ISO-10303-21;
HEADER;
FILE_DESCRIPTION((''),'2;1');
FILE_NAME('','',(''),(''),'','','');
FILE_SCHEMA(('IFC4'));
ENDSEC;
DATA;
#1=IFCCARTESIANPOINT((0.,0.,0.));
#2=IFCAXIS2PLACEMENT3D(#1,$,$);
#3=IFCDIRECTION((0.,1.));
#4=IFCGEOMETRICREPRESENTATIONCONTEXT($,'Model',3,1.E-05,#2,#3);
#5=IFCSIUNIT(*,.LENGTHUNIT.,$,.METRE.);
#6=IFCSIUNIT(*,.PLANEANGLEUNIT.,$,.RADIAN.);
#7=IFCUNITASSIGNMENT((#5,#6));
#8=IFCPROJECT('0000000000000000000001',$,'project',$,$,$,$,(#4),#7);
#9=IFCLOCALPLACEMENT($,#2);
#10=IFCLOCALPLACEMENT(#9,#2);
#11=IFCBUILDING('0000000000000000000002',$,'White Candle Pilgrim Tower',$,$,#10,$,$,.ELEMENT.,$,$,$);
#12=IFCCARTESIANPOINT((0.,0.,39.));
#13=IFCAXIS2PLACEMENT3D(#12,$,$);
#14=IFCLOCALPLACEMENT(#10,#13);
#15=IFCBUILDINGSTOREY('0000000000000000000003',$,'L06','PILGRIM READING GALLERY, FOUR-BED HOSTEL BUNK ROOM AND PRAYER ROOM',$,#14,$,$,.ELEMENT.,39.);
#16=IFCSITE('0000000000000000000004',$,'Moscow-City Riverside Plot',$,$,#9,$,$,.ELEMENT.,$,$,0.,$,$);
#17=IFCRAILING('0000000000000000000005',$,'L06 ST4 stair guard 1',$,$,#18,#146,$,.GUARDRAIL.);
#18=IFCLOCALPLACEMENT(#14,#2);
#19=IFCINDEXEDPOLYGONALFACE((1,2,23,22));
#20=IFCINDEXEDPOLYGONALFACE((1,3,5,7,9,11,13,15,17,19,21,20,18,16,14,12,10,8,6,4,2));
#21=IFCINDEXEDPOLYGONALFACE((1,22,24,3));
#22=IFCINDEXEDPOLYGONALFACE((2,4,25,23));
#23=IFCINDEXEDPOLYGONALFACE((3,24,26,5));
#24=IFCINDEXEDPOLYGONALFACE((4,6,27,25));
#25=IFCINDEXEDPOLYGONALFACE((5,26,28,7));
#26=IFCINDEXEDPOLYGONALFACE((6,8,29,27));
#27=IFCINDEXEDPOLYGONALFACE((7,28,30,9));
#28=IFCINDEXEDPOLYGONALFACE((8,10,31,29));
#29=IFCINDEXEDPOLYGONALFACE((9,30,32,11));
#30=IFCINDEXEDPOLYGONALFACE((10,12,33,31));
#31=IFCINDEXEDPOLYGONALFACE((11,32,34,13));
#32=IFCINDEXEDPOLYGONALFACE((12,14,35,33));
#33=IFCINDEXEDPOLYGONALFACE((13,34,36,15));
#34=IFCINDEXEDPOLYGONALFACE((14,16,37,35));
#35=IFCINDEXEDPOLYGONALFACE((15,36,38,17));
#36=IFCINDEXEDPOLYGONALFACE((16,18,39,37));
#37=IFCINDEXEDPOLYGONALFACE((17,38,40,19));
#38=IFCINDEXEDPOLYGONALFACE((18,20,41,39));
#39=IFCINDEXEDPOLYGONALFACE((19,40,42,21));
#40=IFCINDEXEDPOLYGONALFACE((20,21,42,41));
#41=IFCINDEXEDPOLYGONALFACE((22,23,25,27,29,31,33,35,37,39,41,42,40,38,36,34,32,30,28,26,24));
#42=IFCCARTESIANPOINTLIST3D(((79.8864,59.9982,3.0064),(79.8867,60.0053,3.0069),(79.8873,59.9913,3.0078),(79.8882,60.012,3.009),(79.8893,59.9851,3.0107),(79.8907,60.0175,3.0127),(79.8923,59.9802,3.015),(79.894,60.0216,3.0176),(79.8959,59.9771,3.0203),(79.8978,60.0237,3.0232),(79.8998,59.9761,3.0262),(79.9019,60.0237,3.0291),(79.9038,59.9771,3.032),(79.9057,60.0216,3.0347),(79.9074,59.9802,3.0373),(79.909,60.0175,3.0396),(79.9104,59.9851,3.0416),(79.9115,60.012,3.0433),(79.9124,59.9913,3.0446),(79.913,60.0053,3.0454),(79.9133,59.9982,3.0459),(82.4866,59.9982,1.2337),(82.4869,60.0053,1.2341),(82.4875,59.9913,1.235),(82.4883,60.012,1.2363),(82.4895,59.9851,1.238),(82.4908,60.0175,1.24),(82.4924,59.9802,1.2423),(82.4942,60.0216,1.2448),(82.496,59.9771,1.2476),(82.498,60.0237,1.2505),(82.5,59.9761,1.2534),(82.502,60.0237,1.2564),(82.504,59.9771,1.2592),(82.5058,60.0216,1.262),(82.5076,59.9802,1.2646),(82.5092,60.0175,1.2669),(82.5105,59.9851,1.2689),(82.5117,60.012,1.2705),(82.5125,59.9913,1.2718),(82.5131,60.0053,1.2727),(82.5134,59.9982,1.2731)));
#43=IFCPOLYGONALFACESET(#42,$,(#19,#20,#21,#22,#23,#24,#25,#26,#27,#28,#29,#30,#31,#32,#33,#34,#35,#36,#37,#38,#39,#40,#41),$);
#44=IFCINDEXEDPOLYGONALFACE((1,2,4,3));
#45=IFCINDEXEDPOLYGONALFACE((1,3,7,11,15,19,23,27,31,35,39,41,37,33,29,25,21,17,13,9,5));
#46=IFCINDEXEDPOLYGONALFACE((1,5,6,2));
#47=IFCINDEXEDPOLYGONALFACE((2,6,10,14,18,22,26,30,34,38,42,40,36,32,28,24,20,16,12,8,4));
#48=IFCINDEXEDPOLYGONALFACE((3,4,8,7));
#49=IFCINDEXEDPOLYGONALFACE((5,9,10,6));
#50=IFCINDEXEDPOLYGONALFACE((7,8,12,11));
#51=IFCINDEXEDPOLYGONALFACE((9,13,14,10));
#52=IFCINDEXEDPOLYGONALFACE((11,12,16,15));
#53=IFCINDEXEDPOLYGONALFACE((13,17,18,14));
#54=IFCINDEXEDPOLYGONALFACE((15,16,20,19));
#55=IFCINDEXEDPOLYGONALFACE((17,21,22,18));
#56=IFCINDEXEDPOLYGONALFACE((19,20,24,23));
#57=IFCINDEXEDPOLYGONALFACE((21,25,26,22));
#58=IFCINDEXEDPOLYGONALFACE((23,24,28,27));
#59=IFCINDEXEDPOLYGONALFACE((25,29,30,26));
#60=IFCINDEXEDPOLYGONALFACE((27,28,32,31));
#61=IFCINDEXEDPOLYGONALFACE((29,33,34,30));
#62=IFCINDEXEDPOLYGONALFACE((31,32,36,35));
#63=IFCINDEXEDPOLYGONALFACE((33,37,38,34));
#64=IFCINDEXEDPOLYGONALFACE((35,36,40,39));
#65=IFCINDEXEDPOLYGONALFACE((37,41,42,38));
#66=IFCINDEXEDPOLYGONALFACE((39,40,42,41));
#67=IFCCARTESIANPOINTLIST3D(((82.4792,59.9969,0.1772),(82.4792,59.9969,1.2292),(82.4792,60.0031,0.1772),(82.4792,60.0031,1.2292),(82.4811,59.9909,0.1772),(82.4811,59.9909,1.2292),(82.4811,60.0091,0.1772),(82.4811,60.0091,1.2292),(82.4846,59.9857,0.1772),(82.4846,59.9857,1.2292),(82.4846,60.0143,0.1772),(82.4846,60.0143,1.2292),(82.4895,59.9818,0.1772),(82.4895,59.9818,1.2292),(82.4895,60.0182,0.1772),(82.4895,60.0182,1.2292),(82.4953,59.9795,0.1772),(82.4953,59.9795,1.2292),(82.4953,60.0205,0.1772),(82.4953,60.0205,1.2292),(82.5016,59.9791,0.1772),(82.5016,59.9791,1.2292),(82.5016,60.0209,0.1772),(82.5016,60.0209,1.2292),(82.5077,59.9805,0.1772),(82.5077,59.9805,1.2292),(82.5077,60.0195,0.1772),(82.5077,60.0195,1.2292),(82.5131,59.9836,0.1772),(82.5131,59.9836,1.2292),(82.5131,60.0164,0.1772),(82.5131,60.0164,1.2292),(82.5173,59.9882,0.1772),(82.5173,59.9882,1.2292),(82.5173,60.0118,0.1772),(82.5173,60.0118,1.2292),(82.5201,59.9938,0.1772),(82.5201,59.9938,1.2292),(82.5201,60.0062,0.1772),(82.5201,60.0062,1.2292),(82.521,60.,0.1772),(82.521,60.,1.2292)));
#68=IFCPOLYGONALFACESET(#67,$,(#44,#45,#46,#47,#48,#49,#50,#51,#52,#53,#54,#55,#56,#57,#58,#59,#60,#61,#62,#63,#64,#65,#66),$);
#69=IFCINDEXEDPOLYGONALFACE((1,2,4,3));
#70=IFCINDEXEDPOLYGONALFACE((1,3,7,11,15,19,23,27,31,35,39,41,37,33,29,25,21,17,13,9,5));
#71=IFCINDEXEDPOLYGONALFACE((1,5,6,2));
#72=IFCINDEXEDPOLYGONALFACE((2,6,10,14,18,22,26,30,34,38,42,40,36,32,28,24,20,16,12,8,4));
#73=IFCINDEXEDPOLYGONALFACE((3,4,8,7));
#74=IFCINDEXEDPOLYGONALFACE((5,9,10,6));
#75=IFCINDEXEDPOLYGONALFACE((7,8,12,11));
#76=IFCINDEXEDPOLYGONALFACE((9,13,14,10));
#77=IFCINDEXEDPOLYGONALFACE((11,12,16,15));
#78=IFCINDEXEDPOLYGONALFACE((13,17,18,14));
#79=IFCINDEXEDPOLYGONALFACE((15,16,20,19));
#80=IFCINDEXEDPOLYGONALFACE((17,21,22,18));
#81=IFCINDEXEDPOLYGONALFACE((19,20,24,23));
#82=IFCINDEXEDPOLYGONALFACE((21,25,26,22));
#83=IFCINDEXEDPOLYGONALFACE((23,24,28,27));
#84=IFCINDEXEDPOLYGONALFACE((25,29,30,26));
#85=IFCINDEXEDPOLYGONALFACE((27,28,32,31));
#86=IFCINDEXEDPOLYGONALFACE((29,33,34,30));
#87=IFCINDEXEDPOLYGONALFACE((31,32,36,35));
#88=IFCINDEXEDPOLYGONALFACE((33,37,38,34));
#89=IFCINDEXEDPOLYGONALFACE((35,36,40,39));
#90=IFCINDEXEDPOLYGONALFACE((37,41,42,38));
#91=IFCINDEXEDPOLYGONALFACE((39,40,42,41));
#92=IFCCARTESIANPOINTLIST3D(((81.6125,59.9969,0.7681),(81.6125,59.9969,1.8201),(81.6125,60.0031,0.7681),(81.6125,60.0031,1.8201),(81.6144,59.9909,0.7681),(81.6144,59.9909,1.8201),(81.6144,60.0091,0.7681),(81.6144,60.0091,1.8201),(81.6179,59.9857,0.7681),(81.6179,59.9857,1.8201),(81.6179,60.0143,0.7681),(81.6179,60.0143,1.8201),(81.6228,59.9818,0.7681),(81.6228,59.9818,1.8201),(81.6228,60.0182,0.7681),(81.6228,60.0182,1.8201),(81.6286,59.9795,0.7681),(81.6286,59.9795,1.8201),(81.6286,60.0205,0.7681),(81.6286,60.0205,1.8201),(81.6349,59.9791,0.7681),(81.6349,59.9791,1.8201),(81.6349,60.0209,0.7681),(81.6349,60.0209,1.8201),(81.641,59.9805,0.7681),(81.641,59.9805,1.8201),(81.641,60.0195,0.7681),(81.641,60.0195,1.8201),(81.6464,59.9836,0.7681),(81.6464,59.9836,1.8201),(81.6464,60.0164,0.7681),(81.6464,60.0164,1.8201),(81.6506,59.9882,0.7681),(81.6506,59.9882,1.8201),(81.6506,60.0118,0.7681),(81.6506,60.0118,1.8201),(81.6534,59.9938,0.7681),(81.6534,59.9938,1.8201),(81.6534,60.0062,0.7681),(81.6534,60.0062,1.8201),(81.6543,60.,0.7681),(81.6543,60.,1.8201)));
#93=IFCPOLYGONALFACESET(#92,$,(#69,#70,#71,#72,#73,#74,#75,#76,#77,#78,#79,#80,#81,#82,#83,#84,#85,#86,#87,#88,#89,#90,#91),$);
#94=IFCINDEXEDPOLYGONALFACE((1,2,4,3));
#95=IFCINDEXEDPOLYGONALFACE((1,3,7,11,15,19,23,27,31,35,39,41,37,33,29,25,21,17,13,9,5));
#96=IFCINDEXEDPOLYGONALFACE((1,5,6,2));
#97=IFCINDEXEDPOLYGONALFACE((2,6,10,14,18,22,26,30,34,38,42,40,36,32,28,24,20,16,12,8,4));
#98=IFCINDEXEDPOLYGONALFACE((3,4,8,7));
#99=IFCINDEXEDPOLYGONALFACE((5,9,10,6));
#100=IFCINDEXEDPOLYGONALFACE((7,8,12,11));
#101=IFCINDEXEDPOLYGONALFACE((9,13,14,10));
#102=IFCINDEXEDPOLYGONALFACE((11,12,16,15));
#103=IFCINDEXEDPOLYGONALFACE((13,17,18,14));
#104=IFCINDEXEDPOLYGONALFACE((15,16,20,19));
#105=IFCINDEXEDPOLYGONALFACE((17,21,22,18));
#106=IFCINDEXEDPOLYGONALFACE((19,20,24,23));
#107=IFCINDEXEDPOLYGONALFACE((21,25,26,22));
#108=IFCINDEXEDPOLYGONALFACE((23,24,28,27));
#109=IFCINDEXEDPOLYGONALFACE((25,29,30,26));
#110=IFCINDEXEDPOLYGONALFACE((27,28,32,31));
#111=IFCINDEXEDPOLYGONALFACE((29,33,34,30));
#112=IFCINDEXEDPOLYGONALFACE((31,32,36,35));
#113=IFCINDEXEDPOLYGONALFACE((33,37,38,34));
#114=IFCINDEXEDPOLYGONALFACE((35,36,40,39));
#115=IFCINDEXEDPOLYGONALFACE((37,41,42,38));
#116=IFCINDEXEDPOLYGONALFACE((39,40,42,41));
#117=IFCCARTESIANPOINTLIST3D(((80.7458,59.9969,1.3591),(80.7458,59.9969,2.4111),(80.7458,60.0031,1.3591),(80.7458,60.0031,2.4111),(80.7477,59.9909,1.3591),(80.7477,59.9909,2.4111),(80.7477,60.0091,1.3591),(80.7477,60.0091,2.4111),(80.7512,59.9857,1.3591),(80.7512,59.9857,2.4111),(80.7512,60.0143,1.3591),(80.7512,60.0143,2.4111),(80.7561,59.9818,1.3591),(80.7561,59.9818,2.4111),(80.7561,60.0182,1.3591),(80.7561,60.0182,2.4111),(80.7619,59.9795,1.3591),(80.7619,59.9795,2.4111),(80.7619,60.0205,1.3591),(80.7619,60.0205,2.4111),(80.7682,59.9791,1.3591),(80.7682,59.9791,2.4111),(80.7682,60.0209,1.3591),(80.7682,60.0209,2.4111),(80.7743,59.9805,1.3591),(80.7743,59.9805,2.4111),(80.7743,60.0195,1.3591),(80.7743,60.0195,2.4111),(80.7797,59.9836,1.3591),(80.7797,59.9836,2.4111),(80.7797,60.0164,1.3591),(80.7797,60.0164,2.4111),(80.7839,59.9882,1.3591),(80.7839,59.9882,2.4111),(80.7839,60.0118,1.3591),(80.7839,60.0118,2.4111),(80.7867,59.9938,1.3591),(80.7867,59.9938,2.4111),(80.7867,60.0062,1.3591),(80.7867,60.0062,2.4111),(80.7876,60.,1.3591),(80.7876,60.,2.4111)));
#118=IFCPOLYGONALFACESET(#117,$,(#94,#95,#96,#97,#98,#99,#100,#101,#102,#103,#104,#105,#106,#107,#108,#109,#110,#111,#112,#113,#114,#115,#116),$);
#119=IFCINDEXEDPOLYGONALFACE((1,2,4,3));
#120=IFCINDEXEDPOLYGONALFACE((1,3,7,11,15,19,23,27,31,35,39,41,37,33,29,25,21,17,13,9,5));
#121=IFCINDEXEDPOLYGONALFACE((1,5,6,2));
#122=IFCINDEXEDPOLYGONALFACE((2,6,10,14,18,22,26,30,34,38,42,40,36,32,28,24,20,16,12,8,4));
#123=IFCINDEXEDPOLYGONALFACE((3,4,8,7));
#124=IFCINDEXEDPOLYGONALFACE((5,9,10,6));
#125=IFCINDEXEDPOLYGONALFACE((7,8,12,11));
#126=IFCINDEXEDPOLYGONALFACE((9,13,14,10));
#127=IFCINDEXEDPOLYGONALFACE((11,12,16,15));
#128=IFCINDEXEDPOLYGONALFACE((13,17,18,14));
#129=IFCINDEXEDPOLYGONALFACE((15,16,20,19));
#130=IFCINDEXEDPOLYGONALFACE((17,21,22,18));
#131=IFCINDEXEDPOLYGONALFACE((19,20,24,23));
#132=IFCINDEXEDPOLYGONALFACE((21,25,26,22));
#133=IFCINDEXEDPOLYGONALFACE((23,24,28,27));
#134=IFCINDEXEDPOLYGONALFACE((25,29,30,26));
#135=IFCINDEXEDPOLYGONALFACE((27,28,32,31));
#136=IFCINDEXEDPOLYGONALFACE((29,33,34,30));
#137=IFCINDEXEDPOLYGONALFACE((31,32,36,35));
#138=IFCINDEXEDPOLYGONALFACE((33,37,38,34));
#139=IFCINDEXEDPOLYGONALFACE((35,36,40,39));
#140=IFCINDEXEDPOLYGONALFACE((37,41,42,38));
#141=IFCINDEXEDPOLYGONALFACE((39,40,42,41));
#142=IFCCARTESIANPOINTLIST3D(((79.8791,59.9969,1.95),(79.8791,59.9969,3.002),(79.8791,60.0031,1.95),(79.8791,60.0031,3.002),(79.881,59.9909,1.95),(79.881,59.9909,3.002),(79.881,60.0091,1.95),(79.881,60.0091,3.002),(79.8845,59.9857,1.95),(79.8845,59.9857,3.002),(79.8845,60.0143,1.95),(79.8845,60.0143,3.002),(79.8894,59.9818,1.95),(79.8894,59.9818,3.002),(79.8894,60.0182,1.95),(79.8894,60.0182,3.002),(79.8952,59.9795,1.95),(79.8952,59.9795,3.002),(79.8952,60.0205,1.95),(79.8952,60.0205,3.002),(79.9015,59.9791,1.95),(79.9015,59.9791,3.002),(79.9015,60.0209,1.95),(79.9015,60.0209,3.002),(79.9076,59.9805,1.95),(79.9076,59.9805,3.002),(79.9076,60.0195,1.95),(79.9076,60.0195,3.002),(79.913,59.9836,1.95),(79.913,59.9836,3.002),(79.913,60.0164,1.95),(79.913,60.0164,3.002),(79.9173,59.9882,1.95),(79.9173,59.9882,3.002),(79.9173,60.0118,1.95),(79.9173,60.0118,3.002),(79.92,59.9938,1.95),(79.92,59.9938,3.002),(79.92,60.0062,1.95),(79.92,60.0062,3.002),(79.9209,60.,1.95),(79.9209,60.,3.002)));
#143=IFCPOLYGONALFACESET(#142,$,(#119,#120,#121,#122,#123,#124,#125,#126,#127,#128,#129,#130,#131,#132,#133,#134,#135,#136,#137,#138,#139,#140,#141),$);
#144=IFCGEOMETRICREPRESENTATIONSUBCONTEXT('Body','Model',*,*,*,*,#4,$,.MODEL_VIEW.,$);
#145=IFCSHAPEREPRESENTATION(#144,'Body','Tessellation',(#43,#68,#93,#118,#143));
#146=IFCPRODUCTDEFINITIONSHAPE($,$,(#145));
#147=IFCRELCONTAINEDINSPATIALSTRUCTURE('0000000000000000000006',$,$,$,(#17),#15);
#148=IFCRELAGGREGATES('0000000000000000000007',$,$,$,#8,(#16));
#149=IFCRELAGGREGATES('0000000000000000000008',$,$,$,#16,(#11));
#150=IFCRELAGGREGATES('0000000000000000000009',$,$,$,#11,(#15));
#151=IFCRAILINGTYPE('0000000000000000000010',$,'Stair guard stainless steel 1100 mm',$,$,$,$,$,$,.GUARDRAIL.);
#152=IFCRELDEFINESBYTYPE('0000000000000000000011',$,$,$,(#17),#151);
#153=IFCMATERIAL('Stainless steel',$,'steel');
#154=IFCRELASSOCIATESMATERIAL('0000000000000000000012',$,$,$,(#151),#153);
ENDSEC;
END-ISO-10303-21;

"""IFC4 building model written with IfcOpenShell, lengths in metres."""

from ifc_helpers import new_model, si_unit, direction, frame, origin, origin_2d, place, context, subcontext, project, spatial, circle, extrude, material, type_object, element, save


model = new_model("IFC4")

# Units and contexts
model_context = context("Model", 3, precision=1e-05, world=origin(), true_north=direction((0.0, 1.0)))
body_context = subcontext(model_context, "Body", "Model", "MODEL_VIEW")
ifc_project = project(units=[si_unit("LENGTHUNIT", "METRE"), si_unit("PLANEANGLEUNIT", "RADIAN")], contexts=[model_context])

# Site, building, storey
site_placement = place(None, origin())
site = spatial("IfcSite", under=ifc_project, at=site_placement, Name="Moscow-City Riverside Plot", CompositionType="ELEMENT", RefElevation=0.0)
building_placement = place(site_placement, origin())
building = spatial("IfcBuilding", under=site, at=building_placement, Name="White Candle Pilgrim Tower", CompositionType="ELEMENT")
storey_placement = place(building_placement, frame((0.0, 0.0, 39.0)))
storey = spatial("IfcBuildingStorey", under=building, at=storey_placement, Name="L06", Description="PILGRIM READING GALLERY, FOUR-BED HOSTEL BUNK ROOM AND PRAYER ROOM", CompositionType="ELEMENT", Elevation=39.0)

# Railing
ifc_material_1 = material(Name="Stainless steel", Category="steel")
railing_type_1 = type_object("IfcRailingType", Name="Stair guard stainless steel 1100 mm", PredefinedType="GUARDRAIL", material=ifc_material_1)
railing_1_placement = place(storey_placement, frame((82.5, 60.0, 0.1772)))
element("IfcRailing", 1, at=railing_1_placement, inside=storey, type_object=railing_type_1, Name="L06 ST4 stair guard 1", PredefinedType="GUARDRAIL", context=body_context, shape_type="SweptSolid", body=[
    extrude(circle(Radius=0.0239, at=origin_2d()), frame((0.0, 0.0, 1.0762), z_axis=(-0.82624, 0.0, 0.563318), x_axis=(0.0, -1.0, 0.0)), (0.0, 0.0, 1.0), 3.147),
    extrude(circle(Radius=0.021, at=origin_2d()), origin(), (0.0, 0.0, 1.0), 1.052),
    extrude(circle(Radius=0.021, at=origin_2d()), frame((-0.8667, 0.0, 0.5908)), (0.0, 0.0, 1.0), 1.052),
    extrude(circle(Radius=0.021, at=origin_2d()), frame((-1.7334, 0.0, 1.1819)), (0.0, 0.0, 1.0), 1.052),
    extrude(circle(Radius=0.021, at=origin_2d()), frame((-2.6001, 0.0, 1.7727)), (0.0, 0.0, 1.0), 1.052),
])

save(model, "model.ifc")
